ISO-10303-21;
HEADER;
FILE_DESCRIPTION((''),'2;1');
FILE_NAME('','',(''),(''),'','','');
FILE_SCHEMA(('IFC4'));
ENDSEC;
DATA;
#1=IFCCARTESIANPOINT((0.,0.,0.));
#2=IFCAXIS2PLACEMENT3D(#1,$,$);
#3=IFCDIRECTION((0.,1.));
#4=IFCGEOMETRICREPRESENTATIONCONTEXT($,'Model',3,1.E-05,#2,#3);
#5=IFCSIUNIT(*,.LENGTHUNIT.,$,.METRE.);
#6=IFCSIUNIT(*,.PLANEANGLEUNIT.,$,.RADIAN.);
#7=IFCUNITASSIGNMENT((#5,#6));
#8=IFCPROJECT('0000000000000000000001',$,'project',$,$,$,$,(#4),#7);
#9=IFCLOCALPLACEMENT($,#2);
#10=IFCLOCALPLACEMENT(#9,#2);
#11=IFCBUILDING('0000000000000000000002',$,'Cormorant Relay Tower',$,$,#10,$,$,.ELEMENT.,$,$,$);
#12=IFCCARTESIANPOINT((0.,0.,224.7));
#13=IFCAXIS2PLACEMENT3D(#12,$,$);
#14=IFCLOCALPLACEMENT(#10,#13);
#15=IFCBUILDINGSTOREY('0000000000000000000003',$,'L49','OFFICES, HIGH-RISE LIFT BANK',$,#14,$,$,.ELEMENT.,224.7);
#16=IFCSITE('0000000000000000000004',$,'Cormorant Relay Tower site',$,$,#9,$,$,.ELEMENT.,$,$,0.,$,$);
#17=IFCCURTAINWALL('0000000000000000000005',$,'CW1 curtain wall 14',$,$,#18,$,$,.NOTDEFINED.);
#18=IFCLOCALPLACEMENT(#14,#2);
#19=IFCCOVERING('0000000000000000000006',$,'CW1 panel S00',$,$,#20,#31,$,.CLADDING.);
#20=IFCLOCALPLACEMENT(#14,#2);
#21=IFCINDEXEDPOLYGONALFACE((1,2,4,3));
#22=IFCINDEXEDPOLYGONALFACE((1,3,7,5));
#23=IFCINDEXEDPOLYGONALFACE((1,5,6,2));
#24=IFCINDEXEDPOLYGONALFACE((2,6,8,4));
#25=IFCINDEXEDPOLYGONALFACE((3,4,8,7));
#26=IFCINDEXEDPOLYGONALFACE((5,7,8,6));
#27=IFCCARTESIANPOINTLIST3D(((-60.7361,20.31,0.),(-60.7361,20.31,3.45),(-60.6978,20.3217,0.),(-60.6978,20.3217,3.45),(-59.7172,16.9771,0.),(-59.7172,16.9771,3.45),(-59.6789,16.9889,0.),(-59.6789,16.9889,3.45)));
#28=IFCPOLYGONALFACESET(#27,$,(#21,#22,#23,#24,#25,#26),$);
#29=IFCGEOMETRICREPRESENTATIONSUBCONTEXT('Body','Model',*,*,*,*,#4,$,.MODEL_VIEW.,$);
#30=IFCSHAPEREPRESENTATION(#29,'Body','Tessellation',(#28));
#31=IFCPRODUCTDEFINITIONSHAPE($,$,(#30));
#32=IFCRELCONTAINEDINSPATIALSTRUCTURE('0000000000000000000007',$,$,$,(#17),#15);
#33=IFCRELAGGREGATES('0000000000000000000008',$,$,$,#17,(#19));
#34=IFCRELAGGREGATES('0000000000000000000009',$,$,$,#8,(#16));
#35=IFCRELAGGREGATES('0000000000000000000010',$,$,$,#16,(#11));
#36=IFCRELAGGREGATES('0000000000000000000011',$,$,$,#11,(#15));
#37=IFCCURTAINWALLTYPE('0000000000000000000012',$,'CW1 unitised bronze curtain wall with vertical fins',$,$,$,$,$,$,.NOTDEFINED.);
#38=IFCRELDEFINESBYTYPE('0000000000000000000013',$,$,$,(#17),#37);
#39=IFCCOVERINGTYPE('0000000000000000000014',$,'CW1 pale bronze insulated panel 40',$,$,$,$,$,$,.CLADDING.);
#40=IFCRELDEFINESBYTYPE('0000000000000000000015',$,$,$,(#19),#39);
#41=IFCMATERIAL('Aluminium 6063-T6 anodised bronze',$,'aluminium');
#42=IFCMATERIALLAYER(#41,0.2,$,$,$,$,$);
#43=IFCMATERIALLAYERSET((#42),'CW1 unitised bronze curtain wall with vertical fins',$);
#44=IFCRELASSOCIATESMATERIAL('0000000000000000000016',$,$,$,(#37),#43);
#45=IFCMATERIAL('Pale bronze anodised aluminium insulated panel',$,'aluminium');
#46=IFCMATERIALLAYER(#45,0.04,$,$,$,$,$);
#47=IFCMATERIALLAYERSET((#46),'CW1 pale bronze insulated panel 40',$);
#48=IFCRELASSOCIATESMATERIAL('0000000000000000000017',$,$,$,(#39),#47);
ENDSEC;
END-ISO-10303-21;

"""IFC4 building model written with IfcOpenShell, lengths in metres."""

from ifc_helpers import new_model, si_unit, direction, frame, origin, origin_2d, place, context, subcontext, project, spatial, rectangle, extrude, material, layer, layer_set, type_object, element, aggregate, save


model = new_model("IFC4")

# Units and contexts
model_context = context("Model", 3, precision=1e-05, world=origin(), true_north=direction((0.0, 1.0)))
body_context = subcontext(model_context, "Body", "Model", "MODEL_VIEW")
ifc_project = project(units=[si_unit("LENGTHUNIT", "METRE"), si_unit("PLANEANGLEUNIT", "RADIAN")], contexts=[model_context])

# Site, building, storey
site_placement = place(None, origin())
site = spatial("IfcSite", under=ifc_project, at=site_placement, Name="Cormorant Relay Tower site", CompositionType="ELEMENT", RefElevation=0.0)
building_placement = place(site_placement, origin())
building = spatial("IfcBuilding", under=site, at=building_placement, Name="Cormorant Relay Tower", CompositionType="ELEMENT")
storey_placement = place(building_placement, frame((0.0, 0.0, 224.7)))
storey = spatial("IfcBuildingStorey", under=building, at=storey_placement, Name="L49", Description="OFFICES, HIGH-RISE LIFT BANK", CompositionType="ELEMENT", Elevation=224.7)

# Shared definitions
ifc_material_1 = material(Name="Aluminium 6063-T6 anodised bronze", Category="aluminium")
ifc_layer_1 = layer(ifc_material_1, 0.2)
ifc_layer_set_1 = layer_set([ifc_layer_1], Name="CW1 unitised bronze curtain wall with vertical fins")
curtain_wall_type = type_object("IfcCurtainWallType", Name="CW1 unitised bronze curtain wall with vertical fins", PredefinedType="NOTDEFINED", material=ifc_layer_set_1)

# Curtain wall
curtain_wall_1_placement = place(storey_placement, origin())
curtain_wall_1 = element("IfcCurtainWall", 1, at=curtain_wall_1_placement, inside=storey, type_object=curtain_wall_type, Name="CW1 curtain wall 14", PredefinedType="NOTDEFINED")

# Covering
ifc_material_2 = material(Name="Pale bronze anodised aluminium insulated panel", Category="aluminium")
ifc_layer_2 = layer(ifc_material_2, 0.04)
ifc_layer_set_2 = layer_set([ifc_layer_2], Name="CW1 pale bronze insulated panel 40")
covering_type = type_object("IfcCoveringType", Name="CW1 pale bronze insulated panel 40", PredefinedType="CLADDING", material=ifc_layer_set_2)
covering_1_placement = place(storey_placement, frame((-60.2075, 18.6494, 0.0), z_axis=(0.0, 0.0, 1.0), x_axis=(0.292372, -0.956305, 0.0)))
covering_1 = element("IfcCovering", 2, at=covering_1_placement, type_object=covering_type, Name="CW1 panel S00", PredefinedType="CLADDING", context=body_context, shape_type="SweptSolid", body=[
    extrude(rectangle(XDim=3.4851, YDim=0.04, at=origin_2d()), origin(), (0.0, 0.0, 1.0), 3.45),
])
aggregate(curtain_wall_1, [covering_1])

save(model, "model.ifc")
